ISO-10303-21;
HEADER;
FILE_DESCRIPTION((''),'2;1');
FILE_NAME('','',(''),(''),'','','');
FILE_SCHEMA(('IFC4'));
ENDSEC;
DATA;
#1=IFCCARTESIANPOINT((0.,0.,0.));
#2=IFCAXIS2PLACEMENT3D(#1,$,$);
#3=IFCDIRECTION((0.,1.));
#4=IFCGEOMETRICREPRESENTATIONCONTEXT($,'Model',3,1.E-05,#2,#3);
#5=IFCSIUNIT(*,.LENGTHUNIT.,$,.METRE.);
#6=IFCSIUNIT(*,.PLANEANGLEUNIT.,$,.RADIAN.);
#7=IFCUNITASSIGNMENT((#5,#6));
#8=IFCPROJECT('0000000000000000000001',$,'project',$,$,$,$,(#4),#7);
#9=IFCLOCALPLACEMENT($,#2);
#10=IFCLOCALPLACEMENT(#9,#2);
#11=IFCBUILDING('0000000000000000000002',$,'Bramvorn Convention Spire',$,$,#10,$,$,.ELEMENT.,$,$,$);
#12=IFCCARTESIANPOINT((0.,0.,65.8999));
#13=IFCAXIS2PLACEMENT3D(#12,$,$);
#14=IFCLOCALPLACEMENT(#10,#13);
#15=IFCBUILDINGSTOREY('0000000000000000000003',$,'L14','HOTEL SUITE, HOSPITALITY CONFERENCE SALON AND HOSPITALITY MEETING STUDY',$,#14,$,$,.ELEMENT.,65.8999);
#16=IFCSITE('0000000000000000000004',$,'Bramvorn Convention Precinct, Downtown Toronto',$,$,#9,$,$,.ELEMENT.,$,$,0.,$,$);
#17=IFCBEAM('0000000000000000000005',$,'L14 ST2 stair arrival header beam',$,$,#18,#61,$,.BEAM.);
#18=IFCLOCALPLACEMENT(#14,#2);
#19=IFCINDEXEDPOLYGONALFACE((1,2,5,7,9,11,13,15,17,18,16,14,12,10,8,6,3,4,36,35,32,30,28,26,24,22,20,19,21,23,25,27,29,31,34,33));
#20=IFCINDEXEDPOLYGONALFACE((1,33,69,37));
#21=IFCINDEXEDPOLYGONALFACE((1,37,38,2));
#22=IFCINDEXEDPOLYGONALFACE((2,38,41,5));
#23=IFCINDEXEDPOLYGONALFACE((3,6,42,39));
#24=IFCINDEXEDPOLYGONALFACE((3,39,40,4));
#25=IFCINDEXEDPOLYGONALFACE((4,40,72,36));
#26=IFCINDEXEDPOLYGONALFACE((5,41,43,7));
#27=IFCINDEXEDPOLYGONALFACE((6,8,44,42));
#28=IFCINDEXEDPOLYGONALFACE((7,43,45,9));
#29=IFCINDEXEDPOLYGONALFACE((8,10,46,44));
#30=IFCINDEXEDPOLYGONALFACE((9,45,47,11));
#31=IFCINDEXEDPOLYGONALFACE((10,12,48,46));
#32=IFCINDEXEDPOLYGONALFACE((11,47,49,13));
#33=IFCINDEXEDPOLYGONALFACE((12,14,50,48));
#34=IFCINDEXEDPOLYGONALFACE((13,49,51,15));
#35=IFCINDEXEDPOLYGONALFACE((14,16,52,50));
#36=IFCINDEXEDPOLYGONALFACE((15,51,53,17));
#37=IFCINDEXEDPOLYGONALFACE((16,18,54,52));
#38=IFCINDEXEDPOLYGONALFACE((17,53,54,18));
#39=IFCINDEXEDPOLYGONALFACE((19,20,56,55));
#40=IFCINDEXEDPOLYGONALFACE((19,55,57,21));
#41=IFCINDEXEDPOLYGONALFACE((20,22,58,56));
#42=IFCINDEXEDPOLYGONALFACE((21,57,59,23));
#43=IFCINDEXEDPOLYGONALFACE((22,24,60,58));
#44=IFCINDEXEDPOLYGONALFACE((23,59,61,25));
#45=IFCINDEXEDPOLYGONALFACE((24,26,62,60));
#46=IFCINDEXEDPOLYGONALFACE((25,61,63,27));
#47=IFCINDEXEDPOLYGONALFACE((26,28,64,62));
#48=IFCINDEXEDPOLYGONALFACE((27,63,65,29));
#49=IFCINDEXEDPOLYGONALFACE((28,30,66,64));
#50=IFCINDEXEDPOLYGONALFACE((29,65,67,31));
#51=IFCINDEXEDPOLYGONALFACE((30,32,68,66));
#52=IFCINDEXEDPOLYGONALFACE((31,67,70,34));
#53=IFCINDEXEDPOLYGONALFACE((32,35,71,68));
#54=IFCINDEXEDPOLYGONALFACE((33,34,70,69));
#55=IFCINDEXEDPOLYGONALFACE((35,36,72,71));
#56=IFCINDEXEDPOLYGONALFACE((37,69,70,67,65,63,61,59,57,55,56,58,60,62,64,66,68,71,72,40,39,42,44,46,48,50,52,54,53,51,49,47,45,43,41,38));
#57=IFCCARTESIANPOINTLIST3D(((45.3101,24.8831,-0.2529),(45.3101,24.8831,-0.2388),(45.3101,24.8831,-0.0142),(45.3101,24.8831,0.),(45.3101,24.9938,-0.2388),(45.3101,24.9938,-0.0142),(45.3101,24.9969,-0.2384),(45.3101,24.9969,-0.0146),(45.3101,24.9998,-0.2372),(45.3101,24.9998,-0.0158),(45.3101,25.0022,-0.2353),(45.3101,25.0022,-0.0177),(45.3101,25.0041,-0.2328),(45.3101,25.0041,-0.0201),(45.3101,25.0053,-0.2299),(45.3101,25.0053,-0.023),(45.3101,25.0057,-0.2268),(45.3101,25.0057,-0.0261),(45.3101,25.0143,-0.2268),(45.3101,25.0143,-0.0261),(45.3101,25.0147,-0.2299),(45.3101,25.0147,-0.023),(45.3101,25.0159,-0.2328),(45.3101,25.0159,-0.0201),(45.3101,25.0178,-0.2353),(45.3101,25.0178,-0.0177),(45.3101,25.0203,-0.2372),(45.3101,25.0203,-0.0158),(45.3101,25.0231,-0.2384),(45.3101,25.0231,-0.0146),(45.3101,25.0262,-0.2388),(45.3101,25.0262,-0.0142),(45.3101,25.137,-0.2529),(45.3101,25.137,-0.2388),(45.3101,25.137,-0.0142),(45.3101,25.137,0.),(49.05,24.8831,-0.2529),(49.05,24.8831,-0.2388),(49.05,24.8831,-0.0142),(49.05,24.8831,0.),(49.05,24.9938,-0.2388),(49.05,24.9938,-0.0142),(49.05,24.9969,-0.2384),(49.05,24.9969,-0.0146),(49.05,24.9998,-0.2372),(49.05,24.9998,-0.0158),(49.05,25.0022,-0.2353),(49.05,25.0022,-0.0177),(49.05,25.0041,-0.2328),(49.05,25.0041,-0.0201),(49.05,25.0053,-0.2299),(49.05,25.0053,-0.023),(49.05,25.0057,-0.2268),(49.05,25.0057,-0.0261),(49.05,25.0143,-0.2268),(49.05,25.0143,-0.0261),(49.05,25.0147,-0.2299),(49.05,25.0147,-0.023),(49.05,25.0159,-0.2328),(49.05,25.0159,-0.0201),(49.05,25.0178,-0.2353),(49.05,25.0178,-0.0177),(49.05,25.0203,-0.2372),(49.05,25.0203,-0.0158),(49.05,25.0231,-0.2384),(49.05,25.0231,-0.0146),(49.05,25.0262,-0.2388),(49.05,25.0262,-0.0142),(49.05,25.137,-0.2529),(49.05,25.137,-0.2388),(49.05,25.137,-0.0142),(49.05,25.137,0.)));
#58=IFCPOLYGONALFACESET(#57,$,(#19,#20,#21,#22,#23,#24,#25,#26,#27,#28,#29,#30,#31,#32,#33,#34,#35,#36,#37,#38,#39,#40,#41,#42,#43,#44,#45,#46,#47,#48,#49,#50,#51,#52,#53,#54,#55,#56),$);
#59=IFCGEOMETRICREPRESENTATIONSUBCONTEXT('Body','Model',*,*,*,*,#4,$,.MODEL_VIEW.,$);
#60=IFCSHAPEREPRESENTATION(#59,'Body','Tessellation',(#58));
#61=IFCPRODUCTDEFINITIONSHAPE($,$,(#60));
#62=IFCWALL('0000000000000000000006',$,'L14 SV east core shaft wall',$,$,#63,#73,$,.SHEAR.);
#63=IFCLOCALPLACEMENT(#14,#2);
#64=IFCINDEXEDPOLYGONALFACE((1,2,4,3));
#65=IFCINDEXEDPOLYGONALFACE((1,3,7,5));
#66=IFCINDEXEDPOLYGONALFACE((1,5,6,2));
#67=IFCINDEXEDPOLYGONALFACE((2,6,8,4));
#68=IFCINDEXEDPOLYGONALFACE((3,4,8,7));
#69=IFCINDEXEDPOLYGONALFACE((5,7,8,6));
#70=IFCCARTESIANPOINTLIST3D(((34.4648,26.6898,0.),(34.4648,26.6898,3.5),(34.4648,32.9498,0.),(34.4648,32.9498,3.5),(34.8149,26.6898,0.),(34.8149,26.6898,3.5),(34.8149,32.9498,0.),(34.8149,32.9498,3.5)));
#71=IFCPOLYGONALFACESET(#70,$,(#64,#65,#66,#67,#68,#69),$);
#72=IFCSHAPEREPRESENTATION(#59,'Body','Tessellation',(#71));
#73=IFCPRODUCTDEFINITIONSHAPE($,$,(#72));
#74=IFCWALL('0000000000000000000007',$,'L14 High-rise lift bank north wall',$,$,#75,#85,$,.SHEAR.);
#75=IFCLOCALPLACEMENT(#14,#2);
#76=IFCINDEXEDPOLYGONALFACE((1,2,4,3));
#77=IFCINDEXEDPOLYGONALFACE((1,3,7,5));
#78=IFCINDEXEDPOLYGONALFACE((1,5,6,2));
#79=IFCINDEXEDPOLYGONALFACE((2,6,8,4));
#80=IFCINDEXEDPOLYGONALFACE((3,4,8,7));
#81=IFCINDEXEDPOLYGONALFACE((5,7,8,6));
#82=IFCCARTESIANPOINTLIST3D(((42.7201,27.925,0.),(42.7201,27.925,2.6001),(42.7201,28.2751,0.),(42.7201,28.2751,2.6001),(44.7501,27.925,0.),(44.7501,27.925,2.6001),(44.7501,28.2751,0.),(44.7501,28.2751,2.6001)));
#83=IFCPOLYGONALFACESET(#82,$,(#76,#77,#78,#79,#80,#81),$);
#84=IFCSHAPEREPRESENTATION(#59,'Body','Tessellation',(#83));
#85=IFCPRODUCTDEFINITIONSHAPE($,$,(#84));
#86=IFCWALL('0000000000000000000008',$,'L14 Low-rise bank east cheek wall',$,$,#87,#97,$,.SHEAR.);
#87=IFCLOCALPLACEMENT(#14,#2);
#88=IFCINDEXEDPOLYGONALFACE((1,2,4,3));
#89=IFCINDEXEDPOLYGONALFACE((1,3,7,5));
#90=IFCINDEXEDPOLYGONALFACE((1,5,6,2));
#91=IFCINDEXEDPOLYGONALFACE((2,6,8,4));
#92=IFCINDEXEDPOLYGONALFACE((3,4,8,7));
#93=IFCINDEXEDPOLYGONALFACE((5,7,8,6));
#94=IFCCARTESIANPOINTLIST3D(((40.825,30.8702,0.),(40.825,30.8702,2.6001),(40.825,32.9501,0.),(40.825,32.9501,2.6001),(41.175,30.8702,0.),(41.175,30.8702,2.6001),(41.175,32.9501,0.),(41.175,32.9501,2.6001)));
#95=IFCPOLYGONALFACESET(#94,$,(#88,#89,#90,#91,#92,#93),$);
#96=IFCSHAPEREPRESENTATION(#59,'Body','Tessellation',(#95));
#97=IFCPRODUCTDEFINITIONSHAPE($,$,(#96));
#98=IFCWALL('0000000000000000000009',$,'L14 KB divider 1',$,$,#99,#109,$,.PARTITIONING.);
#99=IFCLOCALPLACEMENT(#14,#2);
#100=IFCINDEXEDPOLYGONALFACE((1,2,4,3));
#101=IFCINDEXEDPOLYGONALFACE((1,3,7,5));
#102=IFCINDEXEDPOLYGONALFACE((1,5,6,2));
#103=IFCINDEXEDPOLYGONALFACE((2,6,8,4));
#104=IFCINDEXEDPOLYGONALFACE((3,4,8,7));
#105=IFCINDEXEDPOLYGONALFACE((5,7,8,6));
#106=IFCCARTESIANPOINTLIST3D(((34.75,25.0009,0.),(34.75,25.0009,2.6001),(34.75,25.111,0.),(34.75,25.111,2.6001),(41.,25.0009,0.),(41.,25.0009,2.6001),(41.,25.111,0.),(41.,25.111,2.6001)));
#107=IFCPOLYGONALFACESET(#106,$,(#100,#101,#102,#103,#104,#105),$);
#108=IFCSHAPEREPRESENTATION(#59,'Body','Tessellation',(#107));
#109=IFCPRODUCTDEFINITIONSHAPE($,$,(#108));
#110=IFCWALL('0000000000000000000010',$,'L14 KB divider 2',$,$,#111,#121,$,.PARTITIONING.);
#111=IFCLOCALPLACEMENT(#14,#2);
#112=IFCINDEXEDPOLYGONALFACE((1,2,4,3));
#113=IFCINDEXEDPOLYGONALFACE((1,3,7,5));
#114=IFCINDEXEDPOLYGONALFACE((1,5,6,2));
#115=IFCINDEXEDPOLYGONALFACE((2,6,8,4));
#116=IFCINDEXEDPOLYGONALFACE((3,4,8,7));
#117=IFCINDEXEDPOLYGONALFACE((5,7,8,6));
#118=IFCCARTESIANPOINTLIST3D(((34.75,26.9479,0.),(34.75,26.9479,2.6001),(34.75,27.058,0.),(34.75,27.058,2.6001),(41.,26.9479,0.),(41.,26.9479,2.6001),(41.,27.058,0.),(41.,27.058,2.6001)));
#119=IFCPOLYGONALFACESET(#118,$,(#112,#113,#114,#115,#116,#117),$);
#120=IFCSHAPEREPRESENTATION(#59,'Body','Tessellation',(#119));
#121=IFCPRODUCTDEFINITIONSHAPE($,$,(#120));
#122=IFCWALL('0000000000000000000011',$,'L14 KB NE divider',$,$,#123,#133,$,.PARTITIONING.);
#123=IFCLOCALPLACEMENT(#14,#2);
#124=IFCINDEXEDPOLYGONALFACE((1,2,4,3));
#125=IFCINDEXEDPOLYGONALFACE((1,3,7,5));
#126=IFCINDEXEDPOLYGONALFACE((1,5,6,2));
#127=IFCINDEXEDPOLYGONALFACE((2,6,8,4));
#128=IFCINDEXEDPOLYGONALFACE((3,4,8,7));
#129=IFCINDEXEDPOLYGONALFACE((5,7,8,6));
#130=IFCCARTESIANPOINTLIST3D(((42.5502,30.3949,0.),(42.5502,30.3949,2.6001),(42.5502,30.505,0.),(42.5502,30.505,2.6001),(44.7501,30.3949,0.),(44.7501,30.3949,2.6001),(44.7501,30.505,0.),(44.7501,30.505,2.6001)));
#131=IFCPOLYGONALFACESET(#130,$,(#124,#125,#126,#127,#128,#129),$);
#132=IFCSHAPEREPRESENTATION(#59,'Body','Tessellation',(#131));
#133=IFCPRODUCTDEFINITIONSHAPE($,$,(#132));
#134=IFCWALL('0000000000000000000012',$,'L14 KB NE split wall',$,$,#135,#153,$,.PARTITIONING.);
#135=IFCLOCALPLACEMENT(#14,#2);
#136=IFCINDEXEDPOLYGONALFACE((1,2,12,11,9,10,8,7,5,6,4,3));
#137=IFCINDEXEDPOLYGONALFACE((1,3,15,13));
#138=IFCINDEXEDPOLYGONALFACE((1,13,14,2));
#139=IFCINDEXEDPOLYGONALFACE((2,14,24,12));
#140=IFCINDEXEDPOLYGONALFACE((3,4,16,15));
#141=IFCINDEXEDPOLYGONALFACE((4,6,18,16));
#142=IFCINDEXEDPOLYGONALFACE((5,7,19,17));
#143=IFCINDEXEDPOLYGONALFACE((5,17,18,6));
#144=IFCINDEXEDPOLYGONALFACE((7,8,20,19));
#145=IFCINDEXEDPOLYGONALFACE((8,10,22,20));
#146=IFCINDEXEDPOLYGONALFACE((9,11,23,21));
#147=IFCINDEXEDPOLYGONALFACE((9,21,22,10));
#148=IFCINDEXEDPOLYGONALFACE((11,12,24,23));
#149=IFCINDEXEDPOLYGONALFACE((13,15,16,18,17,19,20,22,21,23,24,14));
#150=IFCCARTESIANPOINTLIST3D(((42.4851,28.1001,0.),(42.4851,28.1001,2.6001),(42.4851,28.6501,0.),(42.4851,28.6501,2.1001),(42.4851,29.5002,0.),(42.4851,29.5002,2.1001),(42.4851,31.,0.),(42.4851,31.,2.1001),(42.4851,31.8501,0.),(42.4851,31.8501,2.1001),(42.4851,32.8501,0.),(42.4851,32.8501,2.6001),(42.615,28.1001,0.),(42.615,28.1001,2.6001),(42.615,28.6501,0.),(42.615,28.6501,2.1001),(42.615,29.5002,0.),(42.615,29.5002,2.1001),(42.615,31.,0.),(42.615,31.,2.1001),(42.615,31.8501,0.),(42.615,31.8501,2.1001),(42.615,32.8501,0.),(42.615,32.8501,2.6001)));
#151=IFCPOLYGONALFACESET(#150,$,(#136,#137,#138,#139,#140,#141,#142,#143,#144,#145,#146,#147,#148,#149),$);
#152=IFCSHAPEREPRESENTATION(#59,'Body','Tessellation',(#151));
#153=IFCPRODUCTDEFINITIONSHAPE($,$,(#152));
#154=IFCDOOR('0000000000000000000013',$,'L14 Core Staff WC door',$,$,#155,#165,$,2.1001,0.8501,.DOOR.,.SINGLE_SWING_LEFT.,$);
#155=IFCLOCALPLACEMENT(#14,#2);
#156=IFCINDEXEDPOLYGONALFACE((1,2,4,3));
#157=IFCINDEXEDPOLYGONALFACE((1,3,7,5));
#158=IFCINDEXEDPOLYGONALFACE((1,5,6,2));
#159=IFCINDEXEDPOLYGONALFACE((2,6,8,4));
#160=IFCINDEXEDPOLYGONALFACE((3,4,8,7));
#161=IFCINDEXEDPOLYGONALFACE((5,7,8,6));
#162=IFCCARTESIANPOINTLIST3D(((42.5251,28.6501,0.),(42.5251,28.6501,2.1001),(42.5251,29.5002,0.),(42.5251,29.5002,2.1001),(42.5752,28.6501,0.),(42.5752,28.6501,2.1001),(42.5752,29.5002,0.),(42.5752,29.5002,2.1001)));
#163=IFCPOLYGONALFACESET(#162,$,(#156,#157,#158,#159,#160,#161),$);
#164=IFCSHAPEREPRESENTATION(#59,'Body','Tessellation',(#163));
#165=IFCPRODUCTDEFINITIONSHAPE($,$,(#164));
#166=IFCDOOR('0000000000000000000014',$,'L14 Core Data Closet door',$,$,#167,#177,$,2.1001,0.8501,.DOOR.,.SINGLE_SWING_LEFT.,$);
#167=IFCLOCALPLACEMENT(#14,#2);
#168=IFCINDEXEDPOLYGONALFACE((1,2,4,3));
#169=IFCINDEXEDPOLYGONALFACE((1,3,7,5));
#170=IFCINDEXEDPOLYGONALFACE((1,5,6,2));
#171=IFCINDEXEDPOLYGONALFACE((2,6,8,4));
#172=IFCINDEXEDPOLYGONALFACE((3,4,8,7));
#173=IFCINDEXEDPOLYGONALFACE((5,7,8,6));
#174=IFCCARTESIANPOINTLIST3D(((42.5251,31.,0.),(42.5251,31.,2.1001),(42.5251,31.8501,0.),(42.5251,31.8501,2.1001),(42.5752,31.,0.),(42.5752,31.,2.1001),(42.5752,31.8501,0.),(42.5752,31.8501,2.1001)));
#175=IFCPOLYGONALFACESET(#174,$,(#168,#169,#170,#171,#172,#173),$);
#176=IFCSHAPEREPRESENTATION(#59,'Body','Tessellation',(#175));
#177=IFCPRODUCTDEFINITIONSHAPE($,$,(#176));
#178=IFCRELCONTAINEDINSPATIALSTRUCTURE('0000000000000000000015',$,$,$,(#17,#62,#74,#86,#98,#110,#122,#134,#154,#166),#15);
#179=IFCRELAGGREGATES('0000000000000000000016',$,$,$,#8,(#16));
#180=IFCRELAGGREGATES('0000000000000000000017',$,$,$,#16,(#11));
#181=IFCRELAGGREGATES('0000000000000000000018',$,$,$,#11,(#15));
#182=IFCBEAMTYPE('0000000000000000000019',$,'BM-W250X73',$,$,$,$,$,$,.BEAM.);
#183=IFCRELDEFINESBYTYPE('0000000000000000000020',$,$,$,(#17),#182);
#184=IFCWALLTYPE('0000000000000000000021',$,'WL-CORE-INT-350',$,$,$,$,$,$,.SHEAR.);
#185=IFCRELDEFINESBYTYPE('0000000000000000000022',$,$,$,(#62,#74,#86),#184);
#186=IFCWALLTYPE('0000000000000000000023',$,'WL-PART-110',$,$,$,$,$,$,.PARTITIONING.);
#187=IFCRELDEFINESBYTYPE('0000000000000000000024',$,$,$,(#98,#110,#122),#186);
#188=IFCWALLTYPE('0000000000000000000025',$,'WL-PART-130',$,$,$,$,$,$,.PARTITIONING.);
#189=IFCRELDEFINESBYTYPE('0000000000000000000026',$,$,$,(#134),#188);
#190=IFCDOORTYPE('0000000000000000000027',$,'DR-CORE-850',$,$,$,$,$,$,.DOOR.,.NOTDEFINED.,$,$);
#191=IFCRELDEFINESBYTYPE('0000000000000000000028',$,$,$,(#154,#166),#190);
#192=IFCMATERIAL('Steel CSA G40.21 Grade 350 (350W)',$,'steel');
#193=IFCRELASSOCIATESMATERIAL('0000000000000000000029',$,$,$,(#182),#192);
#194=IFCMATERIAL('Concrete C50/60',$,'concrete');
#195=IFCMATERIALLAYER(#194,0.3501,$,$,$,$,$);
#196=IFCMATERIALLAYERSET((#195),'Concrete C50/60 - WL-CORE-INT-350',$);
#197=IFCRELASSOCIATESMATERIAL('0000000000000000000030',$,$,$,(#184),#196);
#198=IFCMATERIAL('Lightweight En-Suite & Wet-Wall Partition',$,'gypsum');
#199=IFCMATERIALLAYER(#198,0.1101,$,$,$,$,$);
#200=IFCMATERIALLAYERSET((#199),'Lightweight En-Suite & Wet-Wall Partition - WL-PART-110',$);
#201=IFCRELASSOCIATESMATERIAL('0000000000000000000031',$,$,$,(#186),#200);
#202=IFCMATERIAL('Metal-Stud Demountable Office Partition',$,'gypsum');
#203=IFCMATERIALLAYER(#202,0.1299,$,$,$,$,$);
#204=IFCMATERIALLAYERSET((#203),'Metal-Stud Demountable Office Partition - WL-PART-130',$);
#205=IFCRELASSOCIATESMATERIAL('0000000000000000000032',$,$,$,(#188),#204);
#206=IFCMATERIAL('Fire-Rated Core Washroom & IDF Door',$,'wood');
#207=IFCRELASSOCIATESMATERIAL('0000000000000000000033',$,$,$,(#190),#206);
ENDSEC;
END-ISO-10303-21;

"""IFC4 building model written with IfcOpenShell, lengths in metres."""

from ifc_helpers import new_model, si_unit, direction, frame, frame_2d, origin, origin_2d, place, context, subcontext, project, spatial, rectangle, i_section, extrude, material, layer, layer_set, material_profile, profile_set, type_object, element, fill, save


model = new_model("IFC4")

# Units and contexts
model_context = context("Model", 3, precision=1e-05, world=origin(), true_north=direction((0.0, 1.0)))
body_context = subcontext(model_context, "Body", "Model", "MODEL_VIEW")
ifc_project = project(units=[si_unit("LENGTHUNIT", "METRE"), si_unit("PLANEANGLEUNIT", "RADIAN")], contexts=[model_context])

# Site, building, storey
site_placement = place(None, origin())
site = spatial("IfcSite", under=ifc_project, at=site_placement, Name="Bramvorn Convention Precinct, Downtown Toronto", CompositionType="ELEMENT", RefElevation=0.0)
building_placement = place(site_placement, origin())
building = spatial("IfcBuilding", under=site, at=building_placement, Name="Bramvorn Convention Spire", CompositionType="ELEMENT")
storey_placement = place(building_placement, frame((0.0, 0.0, 65.8999)))
storey = spatial("IfcBuildingStorey", under=building, at=storey_placement, Name="L14", Description="HOTEL SUITE, HOSPITALITY CONFERENCE SALON AND HOSPITALITY MEETING STUDY", CompositionType="ELEMENT", Elevation=65.8999)

# Beam
ifc_material_1 = material(Name="Steel CSA G40.21 Grade 350 (350W)", Category="steel")
ifc_material_profile = material_profile(ifc_material_1, i_section(OverallWidth=0.2539, OverallDepth=0.2529, WebThickness=0.0085, FlangeThickness=0.0142, FilletRadius=0.012, at=origin_2d()))
ifc_profile_set = profile_set([ifc_material_profile], Name="Steel CSA G40.21 Grade 350 (350W) - W250X73")
beam_type = type_object("IfcBeamType", Name="BM-W250X73", PredefinedType="BEAM", material=ifc_profile_set)
beam_placement = place(storey_placement, frame((45.3101, 25.01, -0.1265), z_axis=(1.0, 0.0, 0.0), x_axis=(0.0, 1.0, 0.0)))
element("IfcBeam", 1, at=beam_placement, inside=storey, type_object=beam_type, Name="L14 ST2 stair arrival header beam", PredefinedType="BEAM", context=body_context, shape_type="SweptSolid", body=[
    extrude(i_section(OverallWidth=0.2539, OverallDepth=0.2529, WebThickness=0.0085, FlangeThickness=0.0142, FilletRadius=0.012, at=origin_2d()), origin(), (0.0, 0.0, 1.0), 3.74),
])

# Walls
ifc_material_2 = material(Name="Concrete C50/60", Category="concrete")
ifc_layer_1 = layer(ifc_material_2, 0.3501)
ifc_layer_set_1 = layer_set([ifc_layer_1], Name="Concrete C50/60 - WL-CORE-INT-350")
wall_type_1 = type_object("IfcWallType", Name="WL-CORE-INT-350", PredefinedType="SHEAR", material=ifc_layer_set_1)
wall_1_placement = place(storey_placement, frame((34.6399, 26.6899, 0.0), z_axis=(0.0, 0.0, 1.0), x_axis=(0.0, 1.0, 0.0)))
element("IfcWall", 2, at=wall_1_placement, inside=storey, type_object=wall_type_1, Name="L14 SV east core shaft wall", PredefinedType="SHEAR", context=body_context, shape_type="SweptSolid", body=[
    extrude(rectangle(XDim=6.26, YDim=0.3501, at=frame_2d((3.1299, 0.0))), origin(), (0.0, 0.0, 1.0), 3.5),
])
wall_2_placement = place(storey_placement, frame((42.72, 28.1001, 0.0), z_axis=(0.0, 0.0, 1.0), x_axis=(1.0, 0.0, 0.0)))
element("IfcWall", 3, at=wall_2_placement, inside=storey, type_object=wall_type_1, Name="L14 High-rise lift bank north wall", PredefinedType="SHEAR", context=body_context, shape_type="SweptSolid", body=[
    extrude(rectangle(XDim=2.03, YDim=0.3501, at=frame_2d((1.0151, 0.0))), origin(), (0.0, 0.0, 1.0), 2.6001),
])

# Walls
wall_3_placement = place(storey_placement, frame((41.0, 30.8701, 0.0), z_axis=(0.0, 0.0, 1.0), x_axis=(0.0, 1.0, 0.0)))
element("IfcWall", 4, at=wall_3_placement, inside=storey, type_object=wall_type_1, Name="L14 Low-rise bank east cheek wall", PredefinedType="SHEAR", context=body_context, shape_type="SweptSolid", body=[
    extrude(rectangle(XDim=2.0798, YDim=0.3501, at=frame_2d((1.04, 0.0))), origin(), (0.0, 0.0, 1.0), 2.6001),
])
ifc_material_3 = material(Name="Lightweight En-Suite & Wet-Wall Partition", Category="gypsum")
ifc_layer_2 = layer(ifc_material_3, 0.1101)
ifc_layer_set_2 = layer_set([ifc_layer_2], Name="Lightweight En-Suite & Wet-Wall Partition - WL-PART-110")
wall_type_2 = type_object("IfcWallType", Name="WL-PART-110", PredefinedType="PARTITIONING", material=ifc_layer_set_2)
for number, where, z_axis, x_axis, name in (
    (5, (34.75, 25.0559, 0.0), (0.0, 0.0, 1.0), (1.0, 0.0, 0.0), "L14 KB divider 1"),
    (6, (34.75, 27.0029, 0.0), (0.0, 0.0, 1.0), (1.0, 0.0, 0.0), "L14 KB divider 2"),
):
    element("IfcWall", number, at=place(storey_placement, frame(where, z_axis=z_axis, x_axis=x_axis)), inside=storey, type_object=wall_type_2, Name=name, PredefinedType="PARTITIONING", context=body_context, shape_type="SweptSolid", body=[
        extrude(rectangle(XDim=6.25, YDim=0.1101, at=frame_2d((3.125, 0.0))), origin(), (0.0, 0.0, 1.0), 2.6001),
    ])
wall_4_placement = place(storey_placement, frame((42.55, 30.45, 0.0), z_axis=(0.0, 0.0, 1.0), x_axis=(1.0, 0.0, 0.0)))
element("IfcWall", 7, at=wall_4_placement, inside=storey, type_object=wall_type_2, Name="L14 KB NE divider", PredefinedType="PARTITIONING", context=body_context, shape_type="SweptSolid", body=[
    extrude(rectangle(XDim=2.2, YDim=0.1101, at=frame_2d((1.1001, 0.0))), origin(), (0.0, 0.0, 1.0), 2.6001),
])

# Wall, openings, doors
ifc_material_4 = material(Name="Metal-Stud Demountable Office Partition", Category="gypsum")
ifc_layer_3 = layer(ifc_material_4, 0.1299)
ifc_layer_set_3 = layer_set([ifc_layer_3], Name="Metal-Stud Demountable Office Partition - WL-PART-130")
wall_type_3 = type_object("IfcWallType", Name="WL-PART-130", PredefinedType="PARTITIONING", material=ifc_layer_set_3)
wall_5_placement = place(storey_placement, frame((42.55, 28.1001, 0.0), z_axis=(0.0, 0.0, 1.0), x_axis=(0.0, 1.0, 0.0)))
wall_5 = element("IfcWall", 8, at=wall_5_placement, inside=storey, type_object=wall_type_3, Name="L14 KB NE split wall", PredefinedType="PARTITIONING", context=body_context, shape_type="SweptSolid", body=[
    extrude(rectangle(XDim=4.75, YDim=0.1299, at=frame_2d((2.375, 0.0))), origin(), (0.0, 0.0, 1.0), 2.6001),
])
opening_1_placement = place(wall_5_placement, frame((0.55, 0.0, 0.0)))
opening_1 = element("IfcOpeningElement", 9, at=opening_1_placement, cuts=wall_5, PredefinedType="OPENING", context=body_context, shape_type="SweptSolid", body=[
    extrude(rectangle(XDim=0.8501, YDim=2.1001, at=frame_2d((0.425, 1.05))), frame((0.0, 0.075, 0.0), z_axis=(0.0, -1.0, 0.0), x_axis=(1.0, 0.0, 0.0)), (0.0, 0.0, 1.0), 0.1499),
])
opening_2_placement = place(wall_5_placement, frame((2.8999, 0.0, 0.0)))
opening_2 = element("IfcOpeningElement", 10, at=opening_2_placement, cuts=wall_5, PredefinedType="OPENING", context=body_context, shape_type="SweptSolid", body=[
    extrude(rectangle(XDim=0.8501, YDim=2.1001, at=frame_2d((0.425, 1.05))), frame((0.0, 0.075, 0.0), z_axis=(0.0, -1.0, 0.0), x_axis=(1.0, 0.0, 0.0)), (0.0, 0.0, 1.0), 0.1499),
])
ifc_material_5 = material(Name="Fire-Rated Core Washroom & IDF Door", Category="wood")
door_type_1 = type_object("IfcDoorType", Name="DR-CORE-850", OperationType="NOTDEFINED", PredefinedType="DOOR", material=ifc_material_5)
door_1_placement = place(opening_1_placement, origin())
door_1 = element("IfcDoor", 11, at=door_1_placement, inside=storey, type_object=door_type_1, Name="L14 Core Staff WC door", OperationType="SINGLE_SWING_LEFT", OverallHeight=2.1001, OverallWidth=0.8501, PredefinedType="DOOR", context=body_context, shape_type="SweptSolid", body=[
    extrude(rectangle(XDim=0.8501, YDim=2.1001, at=frame_2d((0.425, 1.05))), frame((0.0, 0.0249, 0.0), z_axis=(0.0, -1.0, 0.0), x_axis=(1.0, 0.0, 0.0)), (0.0, 0.0, 1.0), 0.05),
])
fill(opening_1, door_1)
door_2_placement = place(opening_2_placement, origin())
door_2 = element("IfcDoor", 12, at=door_2_placement, inside=storey, type_object=door_type_1, Name="L14 Core Data Closet door", OperationType="SINGLE_SWING_LEFT", OverallHeight=2.1001, OverallWidth=0.8501, PredefinedType="DOOR", context=body_context, shape_type="SweptSolid", body=[
    extrude(rectangle(XDim=0.8501, YDim=2.1001, at=frame_2d((0.425, 1.05))), frame((0.0, 0.0249, 0.0), z_axis=(0.0, -1.0, 0.0), x_axis=(1.0, 0.0, 0.0)), (0.0, 0.0, 1.0), 0.05),
])
fill(opening_2, door_2)

save(model, "model.ifc")
